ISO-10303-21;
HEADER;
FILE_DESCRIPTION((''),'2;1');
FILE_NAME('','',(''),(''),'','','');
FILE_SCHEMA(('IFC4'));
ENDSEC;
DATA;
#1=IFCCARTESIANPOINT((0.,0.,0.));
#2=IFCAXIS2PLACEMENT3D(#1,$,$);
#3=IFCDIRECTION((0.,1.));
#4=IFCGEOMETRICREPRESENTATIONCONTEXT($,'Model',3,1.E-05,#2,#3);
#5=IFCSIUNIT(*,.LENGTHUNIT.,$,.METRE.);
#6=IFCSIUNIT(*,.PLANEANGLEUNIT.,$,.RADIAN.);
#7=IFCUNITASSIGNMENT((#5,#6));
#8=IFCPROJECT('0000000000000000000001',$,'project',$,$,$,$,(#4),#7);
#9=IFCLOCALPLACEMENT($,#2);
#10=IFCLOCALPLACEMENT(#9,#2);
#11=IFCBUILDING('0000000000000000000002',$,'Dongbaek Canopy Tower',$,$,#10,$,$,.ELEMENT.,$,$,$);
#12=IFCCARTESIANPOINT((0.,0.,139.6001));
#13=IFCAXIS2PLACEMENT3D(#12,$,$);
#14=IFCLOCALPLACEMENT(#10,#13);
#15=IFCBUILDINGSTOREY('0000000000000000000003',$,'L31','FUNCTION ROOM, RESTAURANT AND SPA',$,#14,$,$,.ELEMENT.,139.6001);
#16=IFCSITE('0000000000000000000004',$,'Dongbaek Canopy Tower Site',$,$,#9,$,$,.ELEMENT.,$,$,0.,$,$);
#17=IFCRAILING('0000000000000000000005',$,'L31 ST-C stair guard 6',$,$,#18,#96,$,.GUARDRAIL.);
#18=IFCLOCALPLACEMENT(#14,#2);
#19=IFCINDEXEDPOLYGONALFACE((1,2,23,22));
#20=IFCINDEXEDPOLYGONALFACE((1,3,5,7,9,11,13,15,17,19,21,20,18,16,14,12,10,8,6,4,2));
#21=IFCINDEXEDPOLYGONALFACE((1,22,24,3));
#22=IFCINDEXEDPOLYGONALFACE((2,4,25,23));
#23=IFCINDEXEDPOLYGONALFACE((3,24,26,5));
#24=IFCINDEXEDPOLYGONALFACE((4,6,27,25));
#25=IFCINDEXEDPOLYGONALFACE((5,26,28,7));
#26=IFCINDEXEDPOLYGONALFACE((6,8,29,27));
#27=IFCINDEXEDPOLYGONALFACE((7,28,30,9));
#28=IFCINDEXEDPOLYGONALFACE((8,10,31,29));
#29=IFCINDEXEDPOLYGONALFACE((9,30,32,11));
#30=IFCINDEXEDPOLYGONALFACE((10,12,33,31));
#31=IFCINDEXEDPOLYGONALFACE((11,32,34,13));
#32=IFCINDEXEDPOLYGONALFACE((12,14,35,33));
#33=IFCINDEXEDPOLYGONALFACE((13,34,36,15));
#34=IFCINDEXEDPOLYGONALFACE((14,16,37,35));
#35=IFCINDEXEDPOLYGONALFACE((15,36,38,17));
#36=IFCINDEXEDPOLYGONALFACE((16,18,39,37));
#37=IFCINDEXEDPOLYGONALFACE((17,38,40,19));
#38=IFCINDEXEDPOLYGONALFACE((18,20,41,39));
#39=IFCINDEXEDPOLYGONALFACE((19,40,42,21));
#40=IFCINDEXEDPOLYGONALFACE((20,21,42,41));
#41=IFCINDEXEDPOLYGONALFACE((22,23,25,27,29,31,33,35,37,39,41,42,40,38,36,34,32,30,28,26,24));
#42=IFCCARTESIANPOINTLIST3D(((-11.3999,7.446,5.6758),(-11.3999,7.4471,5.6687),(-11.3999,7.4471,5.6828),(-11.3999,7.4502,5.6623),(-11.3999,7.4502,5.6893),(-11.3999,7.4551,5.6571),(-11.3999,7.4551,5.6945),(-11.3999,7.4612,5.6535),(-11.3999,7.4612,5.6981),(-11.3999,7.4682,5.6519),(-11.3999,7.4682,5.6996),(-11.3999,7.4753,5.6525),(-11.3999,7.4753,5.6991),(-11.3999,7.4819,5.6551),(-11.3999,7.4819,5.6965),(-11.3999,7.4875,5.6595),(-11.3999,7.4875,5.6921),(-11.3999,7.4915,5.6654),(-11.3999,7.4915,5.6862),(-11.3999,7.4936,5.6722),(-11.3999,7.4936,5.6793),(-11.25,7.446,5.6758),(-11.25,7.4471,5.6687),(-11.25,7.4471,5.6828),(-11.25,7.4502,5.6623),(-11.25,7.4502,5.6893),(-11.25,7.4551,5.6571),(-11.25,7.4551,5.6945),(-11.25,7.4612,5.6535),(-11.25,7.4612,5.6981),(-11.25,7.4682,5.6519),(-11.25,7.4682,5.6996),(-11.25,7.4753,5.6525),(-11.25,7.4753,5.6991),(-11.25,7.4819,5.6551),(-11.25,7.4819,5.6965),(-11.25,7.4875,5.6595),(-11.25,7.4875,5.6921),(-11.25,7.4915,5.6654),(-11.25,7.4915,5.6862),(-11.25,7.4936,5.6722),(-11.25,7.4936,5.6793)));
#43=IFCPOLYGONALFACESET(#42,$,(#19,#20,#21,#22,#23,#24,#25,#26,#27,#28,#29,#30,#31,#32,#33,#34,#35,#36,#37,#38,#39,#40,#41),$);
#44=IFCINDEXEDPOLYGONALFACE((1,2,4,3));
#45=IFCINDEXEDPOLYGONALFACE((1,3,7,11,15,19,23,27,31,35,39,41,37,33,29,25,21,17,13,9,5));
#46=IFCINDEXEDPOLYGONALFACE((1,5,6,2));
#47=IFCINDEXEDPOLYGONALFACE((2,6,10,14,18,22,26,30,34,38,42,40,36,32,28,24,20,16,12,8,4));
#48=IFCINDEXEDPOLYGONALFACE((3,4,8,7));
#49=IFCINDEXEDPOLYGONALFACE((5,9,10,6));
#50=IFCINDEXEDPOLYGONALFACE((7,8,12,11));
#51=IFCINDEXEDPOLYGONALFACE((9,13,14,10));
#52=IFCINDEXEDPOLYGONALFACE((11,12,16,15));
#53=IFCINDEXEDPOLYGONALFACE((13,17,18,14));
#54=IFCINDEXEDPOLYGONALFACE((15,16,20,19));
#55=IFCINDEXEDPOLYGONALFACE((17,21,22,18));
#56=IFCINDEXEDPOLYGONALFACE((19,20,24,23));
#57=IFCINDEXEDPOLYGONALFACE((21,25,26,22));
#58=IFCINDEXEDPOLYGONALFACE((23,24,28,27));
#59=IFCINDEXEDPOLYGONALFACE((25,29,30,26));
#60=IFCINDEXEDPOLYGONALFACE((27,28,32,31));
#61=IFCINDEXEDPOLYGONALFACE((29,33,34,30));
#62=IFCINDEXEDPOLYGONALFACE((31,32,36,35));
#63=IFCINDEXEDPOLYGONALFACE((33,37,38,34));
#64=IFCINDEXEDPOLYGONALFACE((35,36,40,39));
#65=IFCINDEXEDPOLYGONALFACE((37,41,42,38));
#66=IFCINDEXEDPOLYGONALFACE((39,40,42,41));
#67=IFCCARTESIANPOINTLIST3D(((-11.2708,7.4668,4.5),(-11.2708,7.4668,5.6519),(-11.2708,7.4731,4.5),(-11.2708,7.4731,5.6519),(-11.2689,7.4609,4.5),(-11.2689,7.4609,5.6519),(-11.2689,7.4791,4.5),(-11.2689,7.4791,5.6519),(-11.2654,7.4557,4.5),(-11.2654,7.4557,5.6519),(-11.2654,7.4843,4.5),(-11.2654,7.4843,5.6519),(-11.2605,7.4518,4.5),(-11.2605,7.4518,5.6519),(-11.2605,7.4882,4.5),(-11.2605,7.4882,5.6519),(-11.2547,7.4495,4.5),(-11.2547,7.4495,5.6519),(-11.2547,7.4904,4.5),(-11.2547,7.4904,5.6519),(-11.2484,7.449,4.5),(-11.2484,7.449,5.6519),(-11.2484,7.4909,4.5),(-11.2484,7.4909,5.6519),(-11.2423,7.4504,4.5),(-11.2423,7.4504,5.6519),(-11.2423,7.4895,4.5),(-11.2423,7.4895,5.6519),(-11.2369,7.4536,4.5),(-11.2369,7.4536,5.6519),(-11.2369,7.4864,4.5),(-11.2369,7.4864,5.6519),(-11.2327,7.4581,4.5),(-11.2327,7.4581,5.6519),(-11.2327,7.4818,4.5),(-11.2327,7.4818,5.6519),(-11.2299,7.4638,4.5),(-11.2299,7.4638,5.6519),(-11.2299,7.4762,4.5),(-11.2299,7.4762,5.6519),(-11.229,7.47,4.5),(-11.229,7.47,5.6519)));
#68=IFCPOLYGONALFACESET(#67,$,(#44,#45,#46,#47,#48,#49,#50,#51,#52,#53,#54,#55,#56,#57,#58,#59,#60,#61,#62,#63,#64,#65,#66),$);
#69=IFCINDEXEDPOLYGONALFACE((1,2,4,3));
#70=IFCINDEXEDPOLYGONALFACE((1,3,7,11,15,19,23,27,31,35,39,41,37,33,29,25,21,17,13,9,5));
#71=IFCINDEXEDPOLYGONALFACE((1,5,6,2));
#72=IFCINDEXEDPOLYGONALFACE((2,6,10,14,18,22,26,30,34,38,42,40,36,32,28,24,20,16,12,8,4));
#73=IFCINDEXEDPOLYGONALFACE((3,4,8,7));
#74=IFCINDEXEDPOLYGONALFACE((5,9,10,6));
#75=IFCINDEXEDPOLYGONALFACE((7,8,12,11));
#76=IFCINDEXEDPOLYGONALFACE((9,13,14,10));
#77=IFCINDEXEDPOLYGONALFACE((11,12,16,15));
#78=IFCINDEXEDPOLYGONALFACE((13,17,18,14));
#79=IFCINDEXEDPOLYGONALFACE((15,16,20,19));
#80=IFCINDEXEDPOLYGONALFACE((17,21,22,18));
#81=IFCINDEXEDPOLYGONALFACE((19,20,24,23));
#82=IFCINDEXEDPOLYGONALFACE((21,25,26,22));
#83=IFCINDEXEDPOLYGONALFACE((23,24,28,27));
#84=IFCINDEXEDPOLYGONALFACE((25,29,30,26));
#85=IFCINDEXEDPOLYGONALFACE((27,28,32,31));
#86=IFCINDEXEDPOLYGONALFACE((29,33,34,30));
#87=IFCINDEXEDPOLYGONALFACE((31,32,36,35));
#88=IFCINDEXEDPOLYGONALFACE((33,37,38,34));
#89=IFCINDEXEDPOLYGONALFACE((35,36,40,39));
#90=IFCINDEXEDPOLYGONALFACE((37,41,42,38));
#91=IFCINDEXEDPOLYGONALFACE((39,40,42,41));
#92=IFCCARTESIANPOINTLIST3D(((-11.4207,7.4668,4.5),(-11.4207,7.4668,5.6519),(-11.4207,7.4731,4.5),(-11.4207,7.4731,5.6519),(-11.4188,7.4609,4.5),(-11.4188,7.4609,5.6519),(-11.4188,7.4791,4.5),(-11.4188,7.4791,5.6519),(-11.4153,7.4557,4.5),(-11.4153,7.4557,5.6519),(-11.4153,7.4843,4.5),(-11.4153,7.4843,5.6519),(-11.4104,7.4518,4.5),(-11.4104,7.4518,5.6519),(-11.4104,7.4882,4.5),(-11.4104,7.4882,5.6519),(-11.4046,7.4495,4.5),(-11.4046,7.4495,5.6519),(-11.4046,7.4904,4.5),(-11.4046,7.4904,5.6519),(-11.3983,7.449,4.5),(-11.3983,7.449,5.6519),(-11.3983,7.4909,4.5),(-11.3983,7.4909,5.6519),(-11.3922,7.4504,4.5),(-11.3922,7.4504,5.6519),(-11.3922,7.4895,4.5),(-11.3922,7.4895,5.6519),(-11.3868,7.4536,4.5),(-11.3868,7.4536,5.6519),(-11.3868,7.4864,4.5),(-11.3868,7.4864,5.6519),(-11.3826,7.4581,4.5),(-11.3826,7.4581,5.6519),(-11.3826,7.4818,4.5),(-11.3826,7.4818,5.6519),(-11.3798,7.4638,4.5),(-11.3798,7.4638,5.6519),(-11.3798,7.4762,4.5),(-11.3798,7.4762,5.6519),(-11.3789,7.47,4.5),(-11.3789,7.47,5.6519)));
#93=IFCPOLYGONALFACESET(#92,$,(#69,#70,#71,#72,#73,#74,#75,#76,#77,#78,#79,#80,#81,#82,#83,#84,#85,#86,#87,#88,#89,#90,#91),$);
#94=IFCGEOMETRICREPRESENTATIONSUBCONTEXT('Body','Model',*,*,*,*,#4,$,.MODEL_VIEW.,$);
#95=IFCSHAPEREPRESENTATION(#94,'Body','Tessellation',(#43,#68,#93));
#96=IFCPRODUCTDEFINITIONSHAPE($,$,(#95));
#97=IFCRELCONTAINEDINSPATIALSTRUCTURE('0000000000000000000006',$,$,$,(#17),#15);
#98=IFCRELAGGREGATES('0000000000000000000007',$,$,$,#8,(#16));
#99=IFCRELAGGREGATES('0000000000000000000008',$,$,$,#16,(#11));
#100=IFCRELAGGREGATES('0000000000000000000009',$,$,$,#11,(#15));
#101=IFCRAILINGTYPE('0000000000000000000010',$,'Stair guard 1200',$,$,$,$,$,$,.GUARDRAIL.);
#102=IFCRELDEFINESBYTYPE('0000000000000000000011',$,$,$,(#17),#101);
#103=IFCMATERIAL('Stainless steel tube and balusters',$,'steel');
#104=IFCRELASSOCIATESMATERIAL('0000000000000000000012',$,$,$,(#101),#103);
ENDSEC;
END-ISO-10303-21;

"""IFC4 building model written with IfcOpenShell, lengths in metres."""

from ifc_helpers import new_model, si_unit, direction, frame, origin, origin_2d, place, context, subcontext, project, spatial, circle, extrude, material, type_object, element, save


model = new_model("IFC4")

# Units and contexts
model_context = context("Model", 3, precision=1e-05, world=origin(), true_north=direction((0.0, 1.0)))
body_context = subcontext(model_context, "Body", "Model", "MODEL_VIEW")
ifc_project = project(units=[si_unit("LENGTHUNIT", "METRE"), si_unit("PLANEANGLEUNIT", "RADIAN")], contexts=[model_context])

# Site, building, storey
site_placement = place(None, origin())
site = spatial("IfcSite", under=ifc_project, at=site_placement, Name="Dongbaek Canopy Tower Site", CompositionType="ELEMENT", RefElevation=0.0)
building_placement = place(site_placement, origin())
building = spatial("IfcBuilding", under=site, at=building_placement, Name="Dongbaek Canopy Tower", CompositionType="ELEMENT")
storey_placement = place(building_placement, frame((0.0, 0.0, 139.6001)))
storey = spatial("IfcBuildingStorey", under=building, at=storey_placement, Name="L31", Description="FUNCTION ROOM, RESTAURANT AND SPA", CompositionType="ELEMENT", Elevation=139.6001)

# Railing
ifc_material_1 = material(Name="Stainless steel tube and balusters", Category="steel")
railing_type = type_object("IfcRailingType", Name="Stair guard 1200", PredefinedType="GUARDRAIL", material=ifc_material_1)
railing_1_placement = place(storey_placement, frame((-11.25, 7.47, 4.5)))
element("IfcRailing", 1, at=railing_1_placement, inside=storey, type_object=railing_type, Name="L31 ST-C stair guard 6", PredefinedType="GUARDRAIL", context=body_context, shape_type="SweptSolid", body=[
    extrude(circle(Radius=0.0239, at=origin_2d()), frame((0.0, 0.0, 1.1758), z_axis=(-1.0, 0.0, 0.0), x_axis=(0.0, -1.0, 0.0)), (0.0, 0.0, 1.0), 0.1499),
    extrude(circle(Radius=0.021, at=origin_2d()), origin(), (0.0, 0.0, 1.0), 1.1519),
    extrude(circle(Radius=0.021, at=origin_2d()), frame((-0.1499, 0.0, 0.0)), (0.0, 0.0, 1.0), 1.1519),
])

save(model, "model.ifc")
